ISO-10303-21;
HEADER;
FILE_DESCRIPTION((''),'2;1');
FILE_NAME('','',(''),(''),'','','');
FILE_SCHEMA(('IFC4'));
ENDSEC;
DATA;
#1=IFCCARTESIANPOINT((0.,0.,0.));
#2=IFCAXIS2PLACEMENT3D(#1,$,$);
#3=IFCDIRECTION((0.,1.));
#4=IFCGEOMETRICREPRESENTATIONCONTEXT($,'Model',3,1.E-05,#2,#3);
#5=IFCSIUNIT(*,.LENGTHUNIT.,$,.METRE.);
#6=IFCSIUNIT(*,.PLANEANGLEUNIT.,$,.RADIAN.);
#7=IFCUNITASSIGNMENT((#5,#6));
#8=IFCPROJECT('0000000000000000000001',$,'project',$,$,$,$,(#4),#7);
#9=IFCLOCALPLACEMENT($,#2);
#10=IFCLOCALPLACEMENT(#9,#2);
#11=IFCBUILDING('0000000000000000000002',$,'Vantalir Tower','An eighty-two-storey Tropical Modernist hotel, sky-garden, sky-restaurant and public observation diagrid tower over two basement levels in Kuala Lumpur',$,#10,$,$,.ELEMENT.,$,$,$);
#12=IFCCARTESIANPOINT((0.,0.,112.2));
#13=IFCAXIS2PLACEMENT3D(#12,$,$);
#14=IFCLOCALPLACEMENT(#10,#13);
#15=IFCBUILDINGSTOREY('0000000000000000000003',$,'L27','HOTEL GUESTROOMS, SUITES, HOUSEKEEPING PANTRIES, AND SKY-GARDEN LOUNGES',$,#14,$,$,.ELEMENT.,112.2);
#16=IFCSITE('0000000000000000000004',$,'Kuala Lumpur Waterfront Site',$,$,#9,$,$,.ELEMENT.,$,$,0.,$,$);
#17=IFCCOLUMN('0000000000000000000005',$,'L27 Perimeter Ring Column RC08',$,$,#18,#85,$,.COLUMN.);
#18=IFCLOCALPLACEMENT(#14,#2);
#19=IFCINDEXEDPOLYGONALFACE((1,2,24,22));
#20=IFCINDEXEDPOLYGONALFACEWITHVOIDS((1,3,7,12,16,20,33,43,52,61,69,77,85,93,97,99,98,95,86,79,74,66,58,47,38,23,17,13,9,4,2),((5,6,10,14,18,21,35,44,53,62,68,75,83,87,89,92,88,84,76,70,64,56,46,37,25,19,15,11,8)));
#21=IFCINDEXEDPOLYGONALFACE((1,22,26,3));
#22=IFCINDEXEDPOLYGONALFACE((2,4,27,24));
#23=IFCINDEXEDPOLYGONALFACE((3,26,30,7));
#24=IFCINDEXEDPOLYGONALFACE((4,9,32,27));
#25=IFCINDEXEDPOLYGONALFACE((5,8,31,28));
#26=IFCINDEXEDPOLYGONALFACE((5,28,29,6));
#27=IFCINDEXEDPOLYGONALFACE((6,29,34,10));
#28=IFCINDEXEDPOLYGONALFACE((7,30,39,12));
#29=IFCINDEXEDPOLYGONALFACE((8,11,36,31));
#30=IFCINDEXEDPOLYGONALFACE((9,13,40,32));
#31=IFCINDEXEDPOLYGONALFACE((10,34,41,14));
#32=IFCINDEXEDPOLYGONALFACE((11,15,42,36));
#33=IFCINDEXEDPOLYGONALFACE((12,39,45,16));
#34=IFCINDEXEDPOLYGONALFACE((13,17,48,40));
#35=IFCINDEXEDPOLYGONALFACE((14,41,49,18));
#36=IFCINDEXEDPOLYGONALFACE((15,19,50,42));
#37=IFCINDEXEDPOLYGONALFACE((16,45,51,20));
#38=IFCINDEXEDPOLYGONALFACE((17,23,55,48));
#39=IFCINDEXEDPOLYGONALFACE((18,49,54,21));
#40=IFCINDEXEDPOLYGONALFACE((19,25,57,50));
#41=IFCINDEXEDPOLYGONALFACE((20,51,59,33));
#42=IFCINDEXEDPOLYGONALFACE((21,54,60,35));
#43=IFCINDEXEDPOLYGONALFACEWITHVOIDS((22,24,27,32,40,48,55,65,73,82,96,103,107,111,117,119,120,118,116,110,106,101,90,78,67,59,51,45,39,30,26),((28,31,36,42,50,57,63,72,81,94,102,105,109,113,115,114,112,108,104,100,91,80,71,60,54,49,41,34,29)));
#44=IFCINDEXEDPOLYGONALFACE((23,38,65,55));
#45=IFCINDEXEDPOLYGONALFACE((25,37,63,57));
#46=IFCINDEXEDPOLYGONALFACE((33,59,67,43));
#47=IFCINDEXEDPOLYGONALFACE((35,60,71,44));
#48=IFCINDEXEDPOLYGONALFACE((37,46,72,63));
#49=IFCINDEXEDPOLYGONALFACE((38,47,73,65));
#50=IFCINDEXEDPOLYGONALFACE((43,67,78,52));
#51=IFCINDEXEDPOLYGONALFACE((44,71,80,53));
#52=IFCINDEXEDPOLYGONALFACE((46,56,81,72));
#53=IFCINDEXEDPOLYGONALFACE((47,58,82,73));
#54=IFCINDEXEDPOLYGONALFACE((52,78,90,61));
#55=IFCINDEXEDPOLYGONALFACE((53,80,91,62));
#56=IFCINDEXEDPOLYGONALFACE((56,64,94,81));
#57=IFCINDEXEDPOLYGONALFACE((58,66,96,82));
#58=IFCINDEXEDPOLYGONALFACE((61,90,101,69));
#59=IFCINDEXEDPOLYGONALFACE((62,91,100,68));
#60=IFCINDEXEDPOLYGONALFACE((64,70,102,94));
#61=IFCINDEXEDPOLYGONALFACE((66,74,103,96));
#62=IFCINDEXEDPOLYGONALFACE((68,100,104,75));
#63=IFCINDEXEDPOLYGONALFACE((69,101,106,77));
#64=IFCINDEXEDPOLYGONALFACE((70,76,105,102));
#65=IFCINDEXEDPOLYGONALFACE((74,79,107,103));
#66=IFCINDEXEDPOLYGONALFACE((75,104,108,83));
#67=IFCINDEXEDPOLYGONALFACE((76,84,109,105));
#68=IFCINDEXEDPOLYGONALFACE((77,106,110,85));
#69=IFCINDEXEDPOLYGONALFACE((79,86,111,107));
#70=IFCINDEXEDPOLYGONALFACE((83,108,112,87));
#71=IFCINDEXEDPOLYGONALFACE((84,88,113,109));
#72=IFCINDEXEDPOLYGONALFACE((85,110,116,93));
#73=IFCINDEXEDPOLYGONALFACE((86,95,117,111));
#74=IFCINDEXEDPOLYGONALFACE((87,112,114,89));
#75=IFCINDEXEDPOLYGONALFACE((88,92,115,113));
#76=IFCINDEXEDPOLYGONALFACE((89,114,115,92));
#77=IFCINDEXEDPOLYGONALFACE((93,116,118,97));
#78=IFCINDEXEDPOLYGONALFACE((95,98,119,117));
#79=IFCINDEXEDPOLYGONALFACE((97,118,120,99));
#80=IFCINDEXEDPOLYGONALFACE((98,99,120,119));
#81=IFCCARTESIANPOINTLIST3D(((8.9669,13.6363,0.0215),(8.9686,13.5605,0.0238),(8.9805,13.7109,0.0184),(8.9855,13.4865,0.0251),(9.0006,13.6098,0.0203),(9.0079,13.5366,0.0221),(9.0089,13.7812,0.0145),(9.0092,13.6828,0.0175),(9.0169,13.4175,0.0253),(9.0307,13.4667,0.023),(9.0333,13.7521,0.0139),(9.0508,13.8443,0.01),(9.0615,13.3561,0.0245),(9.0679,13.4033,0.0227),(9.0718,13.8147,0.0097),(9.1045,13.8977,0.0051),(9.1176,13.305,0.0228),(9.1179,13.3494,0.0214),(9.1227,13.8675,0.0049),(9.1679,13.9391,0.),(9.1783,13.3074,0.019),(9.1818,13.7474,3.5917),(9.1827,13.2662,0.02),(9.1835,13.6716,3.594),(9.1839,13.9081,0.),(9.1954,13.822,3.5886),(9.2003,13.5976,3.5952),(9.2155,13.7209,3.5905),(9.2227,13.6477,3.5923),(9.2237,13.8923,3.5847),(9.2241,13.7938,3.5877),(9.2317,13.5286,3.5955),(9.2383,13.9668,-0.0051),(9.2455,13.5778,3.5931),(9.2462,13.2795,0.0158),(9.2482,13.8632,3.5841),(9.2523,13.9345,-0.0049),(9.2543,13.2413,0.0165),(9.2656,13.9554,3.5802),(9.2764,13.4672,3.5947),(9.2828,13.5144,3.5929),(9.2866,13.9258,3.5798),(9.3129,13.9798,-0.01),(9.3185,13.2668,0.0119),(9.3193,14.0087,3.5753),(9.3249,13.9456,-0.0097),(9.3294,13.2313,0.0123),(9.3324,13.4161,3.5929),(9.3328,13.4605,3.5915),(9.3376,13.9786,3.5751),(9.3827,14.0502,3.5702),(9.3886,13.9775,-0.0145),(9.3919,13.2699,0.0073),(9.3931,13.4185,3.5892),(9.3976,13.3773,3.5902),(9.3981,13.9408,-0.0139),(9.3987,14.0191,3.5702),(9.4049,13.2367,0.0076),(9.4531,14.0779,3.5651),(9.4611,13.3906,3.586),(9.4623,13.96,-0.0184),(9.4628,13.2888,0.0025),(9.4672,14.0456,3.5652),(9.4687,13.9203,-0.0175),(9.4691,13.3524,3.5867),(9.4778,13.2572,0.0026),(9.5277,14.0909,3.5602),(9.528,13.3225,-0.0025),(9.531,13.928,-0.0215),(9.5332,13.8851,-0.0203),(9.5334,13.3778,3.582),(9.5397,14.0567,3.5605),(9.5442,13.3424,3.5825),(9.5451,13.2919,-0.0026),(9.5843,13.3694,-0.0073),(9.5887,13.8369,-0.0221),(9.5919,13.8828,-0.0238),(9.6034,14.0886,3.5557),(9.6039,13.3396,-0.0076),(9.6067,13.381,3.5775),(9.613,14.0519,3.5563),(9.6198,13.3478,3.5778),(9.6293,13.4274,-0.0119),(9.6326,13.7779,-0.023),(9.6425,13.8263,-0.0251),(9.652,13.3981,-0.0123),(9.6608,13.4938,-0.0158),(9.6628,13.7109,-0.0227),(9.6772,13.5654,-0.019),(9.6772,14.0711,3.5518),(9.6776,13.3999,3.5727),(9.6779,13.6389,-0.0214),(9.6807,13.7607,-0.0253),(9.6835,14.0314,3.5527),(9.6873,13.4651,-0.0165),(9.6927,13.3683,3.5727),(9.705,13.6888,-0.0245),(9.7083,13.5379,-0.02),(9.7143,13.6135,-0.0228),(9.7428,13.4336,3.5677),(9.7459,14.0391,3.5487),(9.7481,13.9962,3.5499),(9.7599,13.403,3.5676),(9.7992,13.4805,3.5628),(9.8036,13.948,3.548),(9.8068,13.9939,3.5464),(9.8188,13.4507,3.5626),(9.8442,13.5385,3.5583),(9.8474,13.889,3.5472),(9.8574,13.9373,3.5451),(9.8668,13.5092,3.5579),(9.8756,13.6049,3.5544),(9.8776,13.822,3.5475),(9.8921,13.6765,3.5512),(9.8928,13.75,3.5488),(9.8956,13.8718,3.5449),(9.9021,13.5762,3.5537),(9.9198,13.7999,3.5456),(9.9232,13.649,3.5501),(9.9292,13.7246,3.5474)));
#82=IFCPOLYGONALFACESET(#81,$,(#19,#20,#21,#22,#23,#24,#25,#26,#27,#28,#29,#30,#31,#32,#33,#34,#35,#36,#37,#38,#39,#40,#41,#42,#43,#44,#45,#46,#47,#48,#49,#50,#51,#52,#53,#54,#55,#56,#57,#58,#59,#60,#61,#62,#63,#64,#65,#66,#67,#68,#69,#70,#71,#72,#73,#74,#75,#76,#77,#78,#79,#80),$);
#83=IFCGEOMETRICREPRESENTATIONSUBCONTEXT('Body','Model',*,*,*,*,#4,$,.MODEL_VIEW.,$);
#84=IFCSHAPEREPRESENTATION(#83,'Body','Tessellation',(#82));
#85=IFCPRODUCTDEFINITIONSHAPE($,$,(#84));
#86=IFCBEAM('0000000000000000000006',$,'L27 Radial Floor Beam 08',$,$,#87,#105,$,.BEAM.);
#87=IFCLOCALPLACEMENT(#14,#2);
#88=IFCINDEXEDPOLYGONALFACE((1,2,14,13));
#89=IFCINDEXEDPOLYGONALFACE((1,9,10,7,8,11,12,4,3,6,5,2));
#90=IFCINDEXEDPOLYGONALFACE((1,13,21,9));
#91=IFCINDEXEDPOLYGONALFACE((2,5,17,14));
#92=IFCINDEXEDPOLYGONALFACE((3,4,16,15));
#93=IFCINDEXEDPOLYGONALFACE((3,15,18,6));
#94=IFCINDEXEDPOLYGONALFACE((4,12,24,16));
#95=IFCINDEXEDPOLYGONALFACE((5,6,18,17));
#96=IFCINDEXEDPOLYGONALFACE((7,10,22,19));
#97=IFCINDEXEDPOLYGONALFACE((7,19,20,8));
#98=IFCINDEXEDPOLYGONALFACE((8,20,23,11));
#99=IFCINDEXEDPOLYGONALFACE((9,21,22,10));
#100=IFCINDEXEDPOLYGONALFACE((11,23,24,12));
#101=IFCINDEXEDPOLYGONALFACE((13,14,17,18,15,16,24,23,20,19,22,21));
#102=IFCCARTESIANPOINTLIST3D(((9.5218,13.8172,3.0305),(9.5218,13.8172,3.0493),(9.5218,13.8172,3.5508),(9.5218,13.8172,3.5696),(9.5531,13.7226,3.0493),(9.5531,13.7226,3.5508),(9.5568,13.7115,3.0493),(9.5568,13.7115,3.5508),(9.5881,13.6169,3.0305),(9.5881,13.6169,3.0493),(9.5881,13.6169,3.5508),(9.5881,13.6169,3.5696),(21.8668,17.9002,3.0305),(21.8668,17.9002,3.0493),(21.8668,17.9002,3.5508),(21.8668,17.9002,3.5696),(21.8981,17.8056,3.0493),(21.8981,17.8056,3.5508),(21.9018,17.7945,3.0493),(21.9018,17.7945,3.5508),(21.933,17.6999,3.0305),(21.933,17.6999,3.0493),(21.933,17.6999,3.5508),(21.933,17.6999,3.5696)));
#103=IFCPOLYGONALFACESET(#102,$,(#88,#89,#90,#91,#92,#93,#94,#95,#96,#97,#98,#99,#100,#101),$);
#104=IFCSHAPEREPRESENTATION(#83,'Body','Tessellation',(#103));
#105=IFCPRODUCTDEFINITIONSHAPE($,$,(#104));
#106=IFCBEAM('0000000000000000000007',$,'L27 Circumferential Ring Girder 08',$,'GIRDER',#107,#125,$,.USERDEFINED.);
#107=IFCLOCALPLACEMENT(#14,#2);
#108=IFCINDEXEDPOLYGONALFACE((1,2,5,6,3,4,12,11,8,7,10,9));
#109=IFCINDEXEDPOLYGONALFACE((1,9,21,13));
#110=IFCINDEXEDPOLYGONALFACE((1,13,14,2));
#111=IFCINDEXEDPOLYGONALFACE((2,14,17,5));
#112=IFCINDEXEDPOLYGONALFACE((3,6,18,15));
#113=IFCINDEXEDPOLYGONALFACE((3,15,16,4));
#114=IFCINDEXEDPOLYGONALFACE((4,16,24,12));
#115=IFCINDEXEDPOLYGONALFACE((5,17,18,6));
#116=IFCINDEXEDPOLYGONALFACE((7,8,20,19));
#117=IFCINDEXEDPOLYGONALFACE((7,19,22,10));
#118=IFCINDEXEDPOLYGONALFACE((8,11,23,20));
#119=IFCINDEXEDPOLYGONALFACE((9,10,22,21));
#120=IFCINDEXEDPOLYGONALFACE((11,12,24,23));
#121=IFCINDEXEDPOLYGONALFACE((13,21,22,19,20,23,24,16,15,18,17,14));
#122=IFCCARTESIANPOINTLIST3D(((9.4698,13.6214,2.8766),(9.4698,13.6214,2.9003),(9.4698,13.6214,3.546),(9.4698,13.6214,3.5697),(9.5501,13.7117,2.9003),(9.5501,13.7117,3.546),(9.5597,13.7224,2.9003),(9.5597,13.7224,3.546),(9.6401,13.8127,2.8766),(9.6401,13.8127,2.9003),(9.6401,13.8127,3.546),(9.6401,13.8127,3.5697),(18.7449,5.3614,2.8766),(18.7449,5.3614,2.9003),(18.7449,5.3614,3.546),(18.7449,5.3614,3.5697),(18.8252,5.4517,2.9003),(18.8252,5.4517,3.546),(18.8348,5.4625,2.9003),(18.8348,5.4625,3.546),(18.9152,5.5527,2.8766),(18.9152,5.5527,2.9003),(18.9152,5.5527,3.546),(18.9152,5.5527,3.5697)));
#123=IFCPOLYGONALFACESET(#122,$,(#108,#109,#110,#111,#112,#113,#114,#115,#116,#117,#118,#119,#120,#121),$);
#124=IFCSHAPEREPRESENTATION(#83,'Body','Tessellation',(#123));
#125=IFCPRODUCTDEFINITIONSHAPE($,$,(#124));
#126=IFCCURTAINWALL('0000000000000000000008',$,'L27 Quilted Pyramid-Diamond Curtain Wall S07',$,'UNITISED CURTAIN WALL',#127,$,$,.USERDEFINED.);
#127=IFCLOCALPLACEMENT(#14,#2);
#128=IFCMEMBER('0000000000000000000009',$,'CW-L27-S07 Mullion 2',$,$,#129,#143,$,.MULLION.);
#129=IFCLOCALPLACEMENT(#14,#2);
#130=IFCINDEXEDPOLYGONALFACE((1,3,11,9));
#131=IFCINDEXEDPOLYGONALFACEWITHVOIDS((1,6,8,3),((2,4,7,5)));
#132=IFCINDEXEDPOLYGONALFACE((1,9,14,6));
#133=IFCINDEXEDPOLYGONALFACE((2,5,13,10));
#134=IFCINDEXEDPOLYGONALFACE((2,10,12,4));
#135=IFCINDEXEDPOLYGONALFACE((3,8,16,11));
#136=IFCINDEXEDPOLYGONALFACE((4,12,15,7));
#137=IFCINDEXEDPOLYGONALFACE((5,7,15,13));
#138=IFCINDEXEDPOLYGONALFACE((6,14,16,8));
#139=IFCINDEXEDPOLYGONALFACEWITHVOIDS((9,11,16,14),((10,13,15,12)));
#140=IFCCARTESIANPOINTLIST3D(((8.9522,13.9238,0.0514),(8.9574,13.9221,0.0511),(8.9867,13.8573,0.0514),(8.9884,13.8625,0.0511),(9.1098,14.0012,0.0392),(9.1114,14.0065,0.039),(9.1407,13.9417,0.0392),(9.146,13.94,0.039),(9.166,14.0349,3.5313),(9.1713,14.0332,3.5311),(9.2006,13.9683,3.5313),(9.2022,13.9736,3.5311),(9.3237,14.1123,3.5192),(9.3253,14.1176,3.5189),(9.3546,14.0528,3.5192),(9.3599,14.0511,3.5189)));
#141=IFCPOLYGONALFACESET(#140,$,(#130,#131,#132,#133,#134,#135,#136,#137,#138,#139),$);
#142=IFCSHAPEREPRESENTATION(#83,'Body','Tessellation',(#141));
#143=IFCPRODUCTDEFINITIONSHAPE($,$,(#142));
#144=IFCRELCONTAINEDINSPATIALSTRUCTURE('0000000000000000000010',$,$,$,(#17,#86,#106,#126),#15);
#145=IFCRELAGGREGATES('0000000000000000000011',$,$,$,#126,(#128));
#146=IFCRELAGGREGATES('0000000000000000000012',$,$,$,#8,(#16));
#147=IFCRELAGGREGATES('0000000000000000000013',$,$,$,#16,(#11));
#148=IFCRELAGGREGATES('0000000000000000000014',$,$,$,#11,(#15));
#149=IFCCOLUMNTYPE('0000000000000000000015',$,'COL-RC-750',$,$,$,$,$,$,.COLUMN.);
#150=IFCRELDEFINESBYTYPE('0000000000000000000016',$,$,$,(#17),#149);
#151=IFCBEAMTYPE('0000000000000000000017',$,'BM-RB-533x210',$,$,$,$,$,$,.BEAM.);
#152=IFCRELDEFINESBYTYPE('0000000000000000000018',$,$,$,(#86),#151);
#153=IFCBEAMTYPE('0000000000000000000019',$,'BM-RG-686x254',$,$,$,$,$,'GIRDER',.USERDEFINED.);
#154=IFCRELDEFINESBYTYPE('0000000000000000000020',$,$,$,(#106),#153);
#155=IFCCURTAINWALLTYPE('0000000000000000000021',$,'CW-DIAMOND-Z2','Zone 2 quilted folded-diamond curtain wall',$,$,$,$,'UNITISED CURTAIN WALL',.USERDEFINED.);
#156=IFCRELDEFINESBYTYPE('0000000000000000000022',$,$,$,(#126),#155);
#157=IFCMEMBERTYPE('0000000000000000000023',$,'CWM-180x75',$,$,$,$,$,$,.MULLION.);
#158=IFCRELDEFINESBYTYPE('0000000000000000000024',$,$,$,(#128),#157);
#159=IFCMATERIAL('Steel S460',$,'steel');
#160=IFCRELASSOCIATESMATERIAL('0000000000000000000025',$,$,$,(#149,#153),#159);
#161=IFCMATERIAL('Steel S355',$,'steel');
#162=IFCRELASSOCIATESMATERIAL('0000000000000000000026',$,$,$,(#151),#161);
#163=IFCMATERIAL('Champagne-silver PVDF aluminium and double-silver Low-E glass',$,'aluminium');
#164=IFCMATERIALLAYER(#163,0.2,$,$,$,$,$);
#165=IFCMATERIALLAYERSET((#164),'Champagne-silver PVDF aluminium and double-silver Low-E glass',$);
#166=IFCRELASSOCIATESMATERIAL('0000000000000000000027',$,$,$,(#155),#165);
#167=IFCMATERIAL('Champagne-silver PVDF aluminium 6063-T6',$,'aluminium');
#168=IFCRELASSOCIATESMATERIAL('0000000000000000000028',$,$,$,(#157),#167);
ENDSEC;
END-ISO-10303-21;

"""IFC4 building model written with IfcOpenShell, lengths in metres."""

from ifc_helpers import new_model, si_unit, direction, frame, origin, origin_2d, place, context, subcontext, project, spatial, hollow_rectangle, hollow_circle, i_section, extrude, material, layer, layer_set, material_profile, profile_set, type_object, element, aggregate, save


model = new_model("IFC4")

# Units and contexts
model_context = context("Model", 3, precision=1e-05, world=origin(), true_north=direction((0.0, 1.0)))
body_context = subcontext(model_context, "Body", "Model", "MODEL_VIEW")
ifc_project = project(units=[si_unit("LENGTHUNIT", "METRE"), si_unit("PLANEANGLEUNIT", "RADIAN")], contexts=[model_context])

# Site, building, storey
site_placement = place(None, origin())
site = spatial("IfcSite", under=ifc_project, at=site_placement, Name="Kuala Lumpur Waterfront Site", CompositionType="ELEMENT", RefElevation=0.0)
building_placement = place(site_placement, origin())
building = spatial("IfcBuilding", under=site, at=building_placement, Name="Vantalir Tower", Description="An eighty-two-storey Tropical Modernist hotel, sky-garden, sky-restaurant and public observation diagrid tower over two basement levels in Kuala Lumpur", CompositionType="ELEMENT")
storey_placement = place(building_placement, frame((0.0, 0.0, 112.2)))
storey = spatial("IfcBuildingStorey", under=building, at=storey_placement, Name="L27", Description="HOTEL GUESTROOMS, SUITES, HOUSEKEEPING PANTRIES, AND SKY-GARDEN LOUNGES", CompositionType="ELEMENT", Elevation=112.2)

# Column
ifc_material_1 = material(Name="Steel S460", Category="steel")
ifc_material_profile_1 = material_profile(ifc_material_1, hollow_circle(Radius=0.375, WallThickness=0.0349, at=origin_2d()), Name="Steel S460")
ifc_profile_set_1 = profile_set([ifc_material_profile_1], Name="Steel S460")
column_type = type_object("IfcColumnType", Name="COL-RC-750", PredefinedType="COLUMN", material=ifc_profile_set_1)
column_placement = place(storey_placement, frame((9.3401, 13.606, 0.0), z_axis=(0.060042, 0.031044, 0.997713), x_axis=(-0.459286, 0.888289, 0.0)))
element("IfcColumn", 1, at=column_placement, inside=storey, type_object=column_type, Name="L27 Perimeter Ring Column RC08", PredefinedType="COLUMN", context=body_context, shape_type="SweptSolid", body=[
    extrude(hollow_circle(Radius=0.375, WallThickness=0.0349, at=origin_2d()), origin(), (0.0, 0.0, 1.0), 3.5784),
])

# Beams
ifc_material_2 = material(Name="Steel S355", Category="steel")
ifc_material_profile_2 = material_profile(ifc_material_2, i_section(OverallWidth=0.2109, OverallDepth=0.5391, WebThickness=0.0117, FlangeThickness=0.0188, at=origin_2d()), Name="Steel S355")
ifc_profile_set_2 = profile_set([ifc_material_profile_2], Name="Steel S355")
beam_type_1 = type_object("IfcBeamType", Name="BM-RB-533x210", PredefinedType="BEAM", material=ifc_profile_set_2)
beam_1_placement = place(storey_placement, frame((9.5549, 13.717, 3.3), z_axis=(0.949419, 0.314013, 0.0), x_axis=(-0.314013, 0.949419, 0.0)))
element("IfcBeam", 2, at=beam_1_placement, inside=storey, type_object=beam_type_1, Name="L27 Radial Floor Beam 08", PredefinedType="BEAM", context=body_context, shape_type="SweptSolid", body=[
    extrude(i_section(OverallWidth=0.2109, OverallDepth=0.5391, WebThickness=0.0117, FlangeThickness=0.0188, at=origin_2d()), origin(), (0.0, 0.0, 1.0), 13.0027),
])
ifc_material_profile_3 = material_profile(ifc_material_1, i_section(OverallWidth=0.2561, OverallDepth=0.6931, WebThickness=0.0144, FlangeThickness=0.0237, at=origin_2d()), Name="Steel S460")
ifc_profile_set_3 = profile_set([ifc_material_profile_3], Name="Steel S460")
beam_type_2 = type_object("IfcBeamType", Name="BM-RG-686x254", ElementType="GIRDER", PredefinedType="USERDEFINED", material=ifc_profile_set_3)
beam_2_placement = place(storey_placement, frame((9.5549, 13.717, 3.2231), z_axis=(0.746792, -0.665058, 0.0), x_axis=(0.665058, 0.746792, 0.0)))
element("IfcBeam", 3, at=beam_2_placement, inside=storey, type_object=beam_type_2, Name="L27 Circumferential Ring Girder 08", ObjectType="GIRDER", PredefinedType="USERDEFINED", context=body_context, shape_type="SweptSolid", body=[
    extrude(i_section(OverallWidth=0.2561, OverallDepth=0.6931, WebThickness=0.0144, FlangeThickness=0.0237, at=origin_2d()), origin(), (0.0, 0.0, 1.0), 12.4199),
])

# Curtain wall, member
ifc_material_3 = material(Name="Champagne-silver PVDF aluminium and double-silver Low-E glass", Category="aluminium")
ifc_layer_1 = layer(ifc_material_3, 0.2)
ifc_layer_set_1 = layer_set([ifc_layer_1], Name="Champagne-silver PVDF aluminium and double-silver Low-E glass")
curtain_wall_type = type_object("IfcCurtainWallType", Name="CW-DIAMOND-Z2", Description="Zone 2 quilted folded-diamond curtain wall", ElementType="UNITISED CURTAIN WALL", PredefinedType="USERDEFINED", material=ifc_layer_set_1)
curtain_wall_placement = place(storey_placement, origin())
curtain_wall = element("IfcCurtainWall", 4, at=curtain_wall_placement, inside=storey, type_object=curtain_wall_type, Name="L27 Quilted Pyramid-Diamond Curtain Wall S07", ObjectType="UNITISED CURTAIN WALL", PredefinedType="USERDEFINED")
ifc_material_4 = material(Name="Champagne-silver PVDF aluminium 6063-T6", Category="aluminium")
ifc_material_profile_4 = material_profile(ifc_material_4, hollow_rectangle(XDim=0.075, YDim=0.1799, WallThickness=0.0039, at=origin_2d()), Name="Champagne-silver PVDF aluminium 6063-T6")
ifc_profile_set_4 = profile_set([ifc_material_profile_4], Name="Champagne-silver PVDF aluminium 6063-T6")
member_type_1 = type_object("IfcMemberType", Name="CWM-180x75", PredefinedType="MULLION", material=ifc_profile_set_4)
member_1_placement = place(storey_placement, frame((9.0491, 13.9319, 0.0452), z_axis=(0.06131, 0.031845, 0.997611), x_axis=(-0.460938, 0.887432, 0.0)))
member_1 = element("IfcMember", 5, at=member_1_placement, type_object=member_type_1, Name="CW-L27-S07 Mullion 2", PredefinedType="MULLION", context=body_context, shape_type="SweptSolid", body=[
    extrude(hollow_rectangle(XDim=0.075, YDim=0.1799, WallThickness=0.0039, at=origin_2d()), origin(), (0.0, 0.0, 1.0), 3.4883),
])

aggregate(curtain_wall, [member_1])

save(model, "model.ifc")
